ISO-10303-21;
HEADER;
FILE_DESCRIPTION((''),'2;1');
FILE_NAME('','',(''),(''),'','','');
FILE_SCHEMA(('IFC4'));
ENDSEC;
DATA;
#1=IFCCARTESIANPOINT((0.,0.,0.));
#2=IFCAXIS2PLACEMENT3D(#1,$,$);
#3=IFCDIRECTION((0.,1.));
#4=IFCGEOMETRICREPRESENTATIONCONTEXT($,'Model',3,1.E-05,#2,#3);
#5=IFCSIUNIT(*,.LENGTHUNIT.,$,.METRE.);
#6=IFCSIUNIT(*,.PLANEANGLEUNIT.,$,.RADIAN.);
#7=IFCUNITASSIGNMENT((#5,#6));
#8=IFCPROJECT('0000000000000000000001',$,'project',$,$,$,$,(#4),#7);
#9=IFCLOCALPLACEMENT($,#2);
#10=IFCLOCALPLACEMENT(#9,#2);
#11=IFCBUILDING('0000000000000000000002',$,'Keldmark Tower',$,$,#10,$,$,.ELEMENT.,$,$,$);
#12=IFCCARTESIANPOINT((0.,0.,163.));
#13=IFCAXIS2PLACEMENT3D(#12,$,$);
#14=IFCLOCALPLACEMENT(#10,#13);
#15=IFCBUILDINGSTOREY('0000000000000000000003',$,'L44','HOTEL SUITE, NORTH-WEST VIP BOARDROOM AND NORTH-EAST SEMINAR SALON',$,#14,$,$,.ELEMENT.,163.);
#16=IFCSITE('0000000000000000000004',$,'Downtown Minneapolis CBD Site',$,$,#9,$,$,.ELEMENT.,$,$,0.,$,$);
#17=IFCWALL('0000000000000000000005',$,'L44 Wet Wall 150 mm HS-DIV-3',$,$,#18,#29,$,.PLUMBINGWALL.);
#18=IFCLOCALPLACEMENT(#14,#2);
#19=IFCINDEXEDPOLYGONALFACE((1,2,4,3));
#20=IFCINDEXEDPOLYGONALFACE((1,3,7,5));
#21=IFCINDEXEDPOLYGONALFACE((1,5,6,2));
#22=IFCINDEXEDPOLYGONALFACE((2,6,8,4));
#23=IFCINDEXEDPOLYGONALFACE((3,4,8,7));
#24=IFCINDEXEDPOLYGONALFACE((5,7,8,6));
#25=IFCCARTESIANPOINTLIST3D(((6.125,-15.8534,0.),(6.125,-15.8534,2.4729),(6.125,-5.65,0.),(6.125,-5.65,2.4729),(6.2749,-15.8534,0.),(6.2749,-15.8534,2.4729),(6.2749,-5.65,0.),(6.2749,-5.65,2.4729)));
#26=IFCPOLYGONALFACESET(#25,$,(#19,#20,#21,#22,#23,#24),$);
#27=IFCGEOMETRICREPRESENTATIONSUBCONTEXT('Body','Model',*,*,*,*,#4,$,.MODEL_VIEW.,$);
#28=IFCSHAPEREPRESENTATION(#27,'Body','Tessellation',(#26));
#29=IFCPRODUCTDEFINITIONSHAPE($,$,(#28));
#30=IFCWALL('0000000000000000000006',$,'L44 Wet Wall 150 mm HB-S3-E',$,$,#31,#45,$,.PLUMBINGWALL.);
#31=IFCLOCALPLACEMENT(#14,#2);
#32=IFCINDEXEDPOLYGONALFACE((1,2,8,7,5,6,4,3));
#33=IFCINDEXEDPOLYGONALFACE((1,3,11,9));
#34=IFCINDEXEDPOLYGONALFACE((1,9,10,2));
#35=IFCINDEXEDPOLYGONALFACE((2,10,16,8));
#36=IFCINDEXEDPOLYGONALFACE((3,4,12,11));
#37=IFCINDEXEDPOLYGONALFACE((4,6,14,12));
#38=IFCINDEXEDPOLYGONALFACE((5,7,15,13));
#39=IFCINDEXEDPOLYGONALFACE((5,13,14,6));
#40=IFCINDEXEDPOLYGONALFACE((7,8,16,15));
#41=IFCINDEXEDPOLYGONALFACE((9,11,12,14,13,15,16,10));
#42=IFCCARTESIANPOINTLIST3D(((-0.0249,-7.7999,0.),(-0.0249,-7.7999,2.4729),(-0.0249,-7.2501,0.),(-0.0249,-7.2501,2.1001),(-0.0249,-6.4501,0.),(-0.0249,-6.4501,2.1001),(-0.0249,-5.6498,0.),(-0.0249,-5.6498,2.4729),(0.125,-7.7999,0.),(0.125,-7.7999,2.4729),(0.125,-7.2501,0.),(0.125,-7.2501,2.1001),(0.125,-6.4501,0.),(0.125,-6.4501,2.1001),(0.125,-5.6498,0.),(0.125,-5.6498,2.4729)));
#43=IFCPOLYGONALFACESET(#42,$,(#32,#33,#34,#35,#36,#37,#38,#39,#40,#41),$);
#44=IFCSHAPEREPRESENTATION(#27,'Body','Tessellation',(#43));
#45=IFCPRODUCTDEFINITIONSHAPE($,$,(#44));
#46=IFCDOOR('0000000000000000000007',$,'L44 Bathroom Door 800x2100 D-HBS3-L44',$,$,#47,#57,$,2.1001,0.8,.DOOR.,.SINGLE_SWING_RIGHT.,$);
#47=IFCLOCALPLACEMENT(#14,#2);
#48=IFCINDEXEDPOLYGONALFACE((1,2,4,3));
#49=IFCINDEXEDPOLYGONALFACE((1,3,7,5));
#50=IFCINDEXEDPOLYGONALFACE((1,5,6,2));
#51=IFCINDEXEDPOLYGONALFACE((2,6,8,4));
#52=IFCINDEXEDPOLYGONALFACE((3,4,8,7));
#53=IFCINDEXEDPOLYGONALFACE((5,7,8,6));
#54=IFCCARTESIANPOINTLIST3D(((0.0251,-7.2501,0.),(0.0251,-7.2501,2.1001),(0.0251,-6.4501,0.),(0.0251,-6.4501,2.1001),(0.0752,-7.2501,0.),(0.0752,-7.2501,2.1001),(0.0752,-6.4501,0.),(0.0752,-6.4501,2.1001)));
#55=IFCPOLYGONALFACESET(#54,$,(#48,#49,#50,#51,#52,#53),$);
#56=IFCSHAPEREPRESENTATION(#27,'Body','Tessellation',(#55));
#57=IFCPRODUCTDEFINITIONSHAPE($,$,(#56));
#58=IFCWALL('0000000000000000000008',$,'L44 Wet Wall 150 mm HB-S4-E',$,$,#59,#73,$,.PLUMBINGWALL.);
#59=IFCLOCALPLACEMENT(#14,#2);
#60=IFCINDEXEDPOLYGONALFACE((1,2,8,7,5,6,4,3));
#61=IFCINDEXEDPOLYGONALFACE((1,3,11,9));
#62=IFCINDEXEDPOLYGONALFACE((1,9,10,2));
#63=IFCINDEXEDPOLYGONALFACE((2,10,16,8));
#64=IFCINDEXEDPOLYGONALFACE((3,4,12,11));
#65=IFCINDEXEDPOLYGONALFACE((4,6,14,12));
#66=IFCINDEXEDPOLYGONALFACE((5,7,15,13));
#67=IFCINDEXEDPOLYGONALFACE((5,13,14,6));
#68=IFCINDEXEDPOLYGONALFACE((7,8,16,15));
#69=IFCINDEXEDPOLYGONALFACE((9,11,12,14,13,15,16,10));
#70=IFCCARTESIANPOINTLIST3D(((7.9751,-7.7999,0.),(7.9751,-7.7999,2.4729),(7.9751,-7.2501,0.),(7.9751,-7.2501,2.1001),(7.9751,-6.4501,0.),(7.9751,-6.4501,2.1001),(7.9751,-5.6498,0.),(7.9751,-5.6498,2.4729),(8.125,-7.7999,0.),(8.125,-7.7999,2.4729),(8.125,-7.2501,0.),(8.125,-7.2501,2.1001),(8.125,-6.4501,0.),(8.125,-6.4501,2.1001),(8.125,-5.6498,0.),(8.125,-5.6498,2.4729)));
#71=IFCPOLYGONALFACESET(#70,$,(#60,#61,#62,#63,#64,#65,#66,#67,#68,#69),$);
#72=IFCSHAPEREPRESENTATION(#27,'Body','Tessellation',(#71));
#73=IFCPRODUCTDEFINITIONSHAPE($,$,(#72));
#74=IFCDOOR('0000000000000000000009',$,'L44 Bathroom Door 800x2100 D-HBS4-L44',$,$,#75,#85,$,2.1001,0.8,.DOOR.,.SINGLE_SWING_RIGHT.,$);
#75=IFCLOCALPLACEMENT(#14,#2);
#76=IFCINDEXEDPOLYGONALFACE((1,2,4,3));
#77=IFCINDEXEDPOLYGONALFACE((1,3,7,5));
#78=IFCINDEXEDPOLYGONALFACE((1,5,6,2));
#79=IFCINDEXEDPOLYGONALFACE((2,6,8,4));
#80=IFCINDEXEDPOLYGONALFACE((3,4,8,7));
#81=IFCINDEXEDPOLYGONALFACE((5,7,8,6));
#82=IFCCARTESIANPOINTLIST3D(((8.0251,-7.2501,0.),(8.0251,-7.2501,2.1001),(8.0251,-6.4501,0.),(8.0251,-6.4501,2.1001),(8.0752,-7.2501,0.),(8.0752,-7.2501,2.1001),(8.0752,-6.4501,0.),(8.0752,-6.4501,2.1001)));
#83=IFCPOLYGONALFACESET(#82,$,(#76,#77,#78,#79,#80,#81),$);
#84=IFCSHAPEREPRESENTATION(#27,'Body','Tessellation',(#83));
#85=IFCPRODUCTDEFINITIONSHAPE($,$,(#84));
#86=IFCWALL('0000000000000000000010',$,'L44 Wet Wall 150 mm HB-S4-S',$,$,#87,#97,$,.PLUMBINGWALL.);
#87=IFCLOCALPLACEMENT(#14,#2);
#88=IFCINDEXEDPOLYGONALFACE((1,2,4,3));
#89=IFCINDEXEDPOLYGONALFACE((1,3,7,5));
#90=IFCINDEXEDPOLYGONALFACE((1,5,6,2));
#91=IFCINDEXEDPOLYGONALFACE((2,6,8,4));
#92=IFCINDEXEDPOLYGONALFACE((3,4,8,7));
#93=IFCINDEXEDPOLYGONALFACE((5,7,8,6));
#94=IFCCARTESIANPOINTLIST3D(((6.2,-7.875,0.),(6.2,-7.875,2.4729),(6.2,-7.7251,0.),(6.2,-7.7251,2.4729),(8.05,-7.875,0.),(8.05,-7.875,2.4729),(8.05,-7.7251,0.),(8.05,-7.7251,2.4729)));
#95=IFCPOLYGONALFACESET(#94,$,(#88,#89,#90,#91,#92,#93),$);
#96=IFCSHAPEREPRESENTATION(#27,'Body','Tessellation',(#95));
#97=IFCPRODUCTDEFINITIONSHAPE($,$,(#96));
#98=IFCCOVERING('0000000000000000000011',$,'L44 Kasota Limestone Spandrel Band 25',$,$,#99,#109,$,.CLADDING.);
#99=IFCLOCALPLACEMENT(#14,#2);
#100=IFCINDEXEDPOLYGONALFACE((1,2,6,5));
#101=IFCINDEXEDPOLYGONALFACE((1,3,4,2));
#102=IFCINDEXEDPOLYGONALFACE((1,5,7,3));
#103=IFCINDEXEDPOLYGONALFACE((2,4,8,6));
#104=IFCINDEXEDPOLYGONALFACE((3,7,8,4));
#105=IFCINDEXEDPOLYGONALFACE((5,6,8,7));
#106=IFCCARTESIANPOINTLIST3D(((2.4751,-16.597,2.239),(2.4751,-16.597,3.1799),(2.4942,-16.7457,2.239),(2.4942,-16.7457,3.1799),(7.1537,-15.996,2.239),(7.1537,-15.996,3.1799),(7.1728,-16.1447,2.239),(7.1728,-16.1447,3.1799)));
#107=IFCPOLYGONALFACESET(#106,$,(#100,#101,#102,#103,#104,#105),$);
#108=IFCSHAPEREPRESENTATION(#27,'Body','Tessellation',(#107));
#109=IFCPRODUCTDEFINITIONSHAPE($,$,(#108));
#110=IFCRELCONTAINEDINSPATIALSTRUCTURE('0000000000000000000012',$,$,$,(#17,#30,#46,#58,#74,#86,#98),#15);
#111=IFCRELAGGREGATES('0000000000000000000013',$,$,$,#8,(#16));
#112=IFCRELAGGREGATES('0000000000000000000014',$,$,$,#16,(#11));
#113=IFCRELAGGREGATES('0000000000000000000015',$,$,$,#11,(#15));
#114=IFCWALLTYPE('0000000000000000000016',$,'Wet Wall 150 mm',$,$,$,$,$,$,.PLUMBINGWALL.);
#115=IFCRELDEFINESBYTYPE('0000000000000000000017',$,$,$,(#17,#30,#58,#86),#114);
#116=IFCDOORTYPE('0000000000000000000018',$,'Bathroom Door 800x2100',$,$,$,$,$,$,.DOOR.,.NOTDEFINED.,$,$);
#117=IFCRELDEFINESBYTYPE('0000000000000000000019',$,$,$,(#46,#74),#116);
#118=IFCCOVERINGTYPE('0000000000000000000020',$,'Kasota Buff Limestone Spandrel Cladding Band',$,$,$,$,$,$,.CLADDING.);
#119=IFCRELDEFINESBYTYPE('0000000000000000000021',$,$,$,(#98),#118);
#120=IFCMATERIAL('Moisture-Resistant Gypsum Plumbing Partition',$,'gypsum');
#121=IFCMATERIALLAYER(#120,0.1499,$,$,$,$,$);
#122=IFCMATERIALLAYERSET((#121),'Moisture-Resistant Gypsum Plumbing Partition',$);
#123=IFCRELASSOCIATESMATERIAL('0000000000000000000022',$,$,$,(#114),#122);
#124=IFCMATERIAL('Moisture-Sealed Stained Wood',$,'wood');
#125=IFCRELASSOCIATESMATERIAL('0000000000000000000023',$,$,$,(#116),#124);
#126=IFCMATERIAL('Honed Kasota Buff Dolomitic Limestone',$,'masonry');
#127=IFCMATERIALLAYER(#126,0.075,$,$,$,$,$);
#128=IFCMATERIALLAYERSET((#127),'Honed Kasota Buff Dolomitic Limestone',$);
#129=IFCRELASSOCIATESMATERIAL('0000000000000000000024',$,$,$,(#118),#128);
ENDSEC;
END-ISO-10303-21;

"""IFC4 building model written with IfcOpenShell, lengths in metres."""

from ifc_helpers import new_model, si_unit, direction, frame, frame_2d, origin, origin_2d, place, context, subcontext, project, spatial, rectangle, extrude, material, layer, layer_set, type_object, element, fill, save


model = new_model("IFC4")

# Units and contexts
model_context = context("Model", 3, precision=1e-05, world=origin(), true_north=direction((0.0, 1.0)))
body_context = subcontext(model_context, "Body", "Model", "MODEL_VIEW")
ifc_project = project(units=[si_unit("LENGTHUNIT", "METRE"), si_unit("PLANEANGLEUNIT", "RADIAN")], contexts=[model_context])

# Site, building, storey
site_placement = place(None, origin())
site = spatial("IfcSite", under=ifc_project, at=site_placement, Name="Downtown Minneapolis CBD Site", CompositionType="ELEMENT", RefElevation=0.0)
building_placement = place(site_placement, origin())
building = spatial("IfcBuilding", under=site, at=building_placement, Name="Keldmark Tower", CompositionType="ELEMENT")
storey_placement = place(building_placement, frame((0.0, 0.0, 163.0)))
storey = spatial("IfcBuildingStorey", under=building, at=storey_placement, Name="L44", Description="HOTEL SUITE, NORTH-WEST VIP BOARDROOM AND NORTH-EAST SEMINAR SALON", CompositionType="ELEMENT", Elevation=163.0)

# Wall
ifc_material_1 = material(Name="Moisture-Resistant Gypsum Plumbing Partition", Category="gypsum")
ifc_layer_1 = layer(ifc_material_1, 0.1499)
ifc_layer_set_1 = layer_set([ifc_layer_1], Name="Moisture-Resistant Gypsum Plumbing Partition")
wall_type_1 = type_object("IfcWallType", Name="Wet Wall 150 mm", PredefinedType="PLUMBINGWALL", material=ifc_layer_set_1)
wall_1_placement = place(storey_placement, frame((6.2, -15.8533, 0.0), z_axis=(0.0, 0.0, 1.0), x_axis=(0.0, 1.0, 0.0)))
element("IfcWall", 1, at=wall_1_placement, inside=storey, type_object=wall_type_1, Name="L44 Wet Wall 150 mm HS-DIV-3", PredefinedType="PLUMBINGWALL", context=body_context, shape_type="SweptSolid", body=[
    extrude(rectangle(XDim=10.2034, YDim=0.1499, at=frame_2d((5.1016, 0.0))), origin(), (0.0, 0.0, 1.0), 2.4729),
])

# Walls, openings, doors
wall_2_placement = place(storey_placement, frame((0.05, -7.8, 0.0), z_axis=(0.0, 0.0, 1.0), x_axis=(0.0, 1.0, 0.0)))
wall_2 = element("IfcWall", 2, at=wall_2_placement, inside=storey, type_object=wall_type_1, Name="L44 Wet Wall 150 mm HB-S3-E", PredefinedType="PLUMBINGWALL", context=body_context, shape_type="SweptSolid", body=[
    extrude(rectangle(XDim=2.1501, YDim=0.1499, at=frame_2d((1.0752, 0.0))), origin(), (0.0, 0.0, 1.0), 2.4729),
])
opening_1_placement = place(wall_2_placement, frame((0.55, 0.0, 0.0)))
opening_1 = element("IfcOpeningElement", 3, at=opening_1_placement, cuts=wall_2, PredefinedType="OPENING", context=body_context, shape_type="SweptSolid", body=[
    extrude(rectangle(XDim=0.8, YDim=2.1001, at=frame_2d((0.3999, 1.05))), frame((0.0, 0.085, 0.0), z_axis=(0.0, -1.0, 0.0), x_axis=(1.0, 0.0, 0.0)), (0.0, 0.0, 1.0), 0.1699),
])
ifc_material_2 = material(Name="Moisture-Sealed Stained Wood", Category="wood")
door_type = type_object("IfcDoorType", Name="Bathroom Door 800x2100", OperationType="NOTDEFINED", PredefinedType="DOOR", material=ifc_material_2)
door_1_placement = place(opening_1_placement, origin())
door_1 = element("IfcDoor", 4, at=door_1_placement, inside=storey, type_object=door_type, Name="L44 Bathroom Door 800x2100 D-HBS3-L44", OperationType="SINGLE_SWING_RIGHT", OverallHeight=2.1001, OverallWidth=0.8, PredefinedType="DOOR", context=body_context, shape_type="SweptSolid", body=[
    extrude(rectangle(XDim=0.8, YDim=2.1001, at=frame_2d((0.3999, 1.05))), frame((0.0, 0.0249, 0.0), z_axis=(0.0, -1.0, 0.0), x_axis=(1.0, 0.0, 0.0)), (0.0, 0.0, 1.0), 0.05),
])
fill(opening_1, door_1)
wall_3_placement = place(storey_placement, frame((8.05, -7.8, 0.0), z_axis=(0.0, 0.0, 1.0), x_axis=(0.0, 1.0, 0.0)))
wall_3 = element("IfcWall", 5, at=wall_3_placement, inside=storey, type_object=wall_type_1, Name="L44 Wet Wall 150 mm HB-S4-E", PredefinedType="PLUMBINGWALL", context=body_context, shape_type="SweptSolid", body=[
    extrude(rectangle(XDim=2.1501, YDim=0.1499, at=frame_2d((1.0752, 0.0))), origin(), (0.0, 0.0, 1.0), 2.4729),
])
opening_2_placement = place(wall_3_placement, frame((0.55, 0.0, 0.0)))
opening_2 = element("IfcOpeningElement", 6, at=opening_2_placement, cuts=wall_3, PredefinedType="OPENING", context=body_context, shape_type="SweptSolid", body=[
    extrude(rectangle(XDim=0.8, YDim=2.1001, at=frame_2d((0.3999, 1.05))), frame((0.0, 0.085, 0.0), z_axis=(0.0, -1.0, 0.0), x_axis=(1.0, 0.0, 0.0)), (0.0, 0.0, 1.0), 0.1699),
])
door_2_placement = place(opening_2_placement, origin())
door_2 = element("IfcDoor", 7, at=door_2_placement, inside=storey, type_object=door_type, Name="L44 Bathroom Door 800x2100 D-HBS4-L44", OperationType="SINGLE_SWING_RIGHT", OverallHeight=2.1001, OverallWidth=0.8, PredefinedType="DOOR", context=body_context, shape_type="SweptSolid", body=[
    extrude(rectangle(XDim=0.8, YDim=2.1001, at=frame_2d((0.3999, 1.05))), frame((0.0, 0.0249, 0.0), z_axis=(0.0, -1.0, 0.0), x_axis=(1.0, 0.0, 0.0)), (0.0, 0.0, 1.0), 0.05),
])
fill(opening_2, door_2)

# Wall
wall_4_placement = place(storey_placement, frame((6.2, -7.8, 0.0), z_axis=(0.0, 0.0, 1.0), x_axis=(1.0, 0.0, 0.0)))
element("IfcWall", 8, at=wall_4_placement, inside=storey, type_object=wall_type_1, Name="L44 Wet Wall 150 mm HB-S4-S", PredefinedType="PLUMBINGWALL", context=body_context, shape_type="SweptSolid", body=[
    extrude(rectangle(XDim=1.8501, YDim=0.1499, at=frame_2d((0.925, 0.0))), origin(), (0.0, 0.0, 1.0), 2.4729),
])

# Covering
ifc_material_3 = material(Name="Honed Kasota Buff Dolomitic Limestone", Category="masonry")
ifc_layer_2 = layer(ifc_material_3, 0.075)
ifc_layer_set_2 = layer_set([ifc_layer_2], Name="Honed Kasota Buff Dolomitic Limestone")
covering_type = type_object("IfcCoveringType", Name="Kasota Buff Limestone Spandrel Cladding Band", PredefinedType="CLADDING", material=ifc_layer_set_2)
covering_placement = place(storey_placement, frame((4.824, -16.3708, 2.239), z_axis=(0.0, 0.0, 1.0), x_axis=(0.99185, 0.127411, 0.0)))
element("IfcCovering", 9, at=covering_placement, inside=storey, type_object=covering_type, Name="L44 Kasota Limestone Spandrel Band 25", PredefinedType="CLADDING", context=body_context, shape_type="SweptSolid", body=[
    extrude(rectangle(XDim=4.717, YDim=0.1499, at=origin_2d()), origin(), (0.0, 0.0, 1.0), 0.9409),
])

save(model, "model.ifc")
